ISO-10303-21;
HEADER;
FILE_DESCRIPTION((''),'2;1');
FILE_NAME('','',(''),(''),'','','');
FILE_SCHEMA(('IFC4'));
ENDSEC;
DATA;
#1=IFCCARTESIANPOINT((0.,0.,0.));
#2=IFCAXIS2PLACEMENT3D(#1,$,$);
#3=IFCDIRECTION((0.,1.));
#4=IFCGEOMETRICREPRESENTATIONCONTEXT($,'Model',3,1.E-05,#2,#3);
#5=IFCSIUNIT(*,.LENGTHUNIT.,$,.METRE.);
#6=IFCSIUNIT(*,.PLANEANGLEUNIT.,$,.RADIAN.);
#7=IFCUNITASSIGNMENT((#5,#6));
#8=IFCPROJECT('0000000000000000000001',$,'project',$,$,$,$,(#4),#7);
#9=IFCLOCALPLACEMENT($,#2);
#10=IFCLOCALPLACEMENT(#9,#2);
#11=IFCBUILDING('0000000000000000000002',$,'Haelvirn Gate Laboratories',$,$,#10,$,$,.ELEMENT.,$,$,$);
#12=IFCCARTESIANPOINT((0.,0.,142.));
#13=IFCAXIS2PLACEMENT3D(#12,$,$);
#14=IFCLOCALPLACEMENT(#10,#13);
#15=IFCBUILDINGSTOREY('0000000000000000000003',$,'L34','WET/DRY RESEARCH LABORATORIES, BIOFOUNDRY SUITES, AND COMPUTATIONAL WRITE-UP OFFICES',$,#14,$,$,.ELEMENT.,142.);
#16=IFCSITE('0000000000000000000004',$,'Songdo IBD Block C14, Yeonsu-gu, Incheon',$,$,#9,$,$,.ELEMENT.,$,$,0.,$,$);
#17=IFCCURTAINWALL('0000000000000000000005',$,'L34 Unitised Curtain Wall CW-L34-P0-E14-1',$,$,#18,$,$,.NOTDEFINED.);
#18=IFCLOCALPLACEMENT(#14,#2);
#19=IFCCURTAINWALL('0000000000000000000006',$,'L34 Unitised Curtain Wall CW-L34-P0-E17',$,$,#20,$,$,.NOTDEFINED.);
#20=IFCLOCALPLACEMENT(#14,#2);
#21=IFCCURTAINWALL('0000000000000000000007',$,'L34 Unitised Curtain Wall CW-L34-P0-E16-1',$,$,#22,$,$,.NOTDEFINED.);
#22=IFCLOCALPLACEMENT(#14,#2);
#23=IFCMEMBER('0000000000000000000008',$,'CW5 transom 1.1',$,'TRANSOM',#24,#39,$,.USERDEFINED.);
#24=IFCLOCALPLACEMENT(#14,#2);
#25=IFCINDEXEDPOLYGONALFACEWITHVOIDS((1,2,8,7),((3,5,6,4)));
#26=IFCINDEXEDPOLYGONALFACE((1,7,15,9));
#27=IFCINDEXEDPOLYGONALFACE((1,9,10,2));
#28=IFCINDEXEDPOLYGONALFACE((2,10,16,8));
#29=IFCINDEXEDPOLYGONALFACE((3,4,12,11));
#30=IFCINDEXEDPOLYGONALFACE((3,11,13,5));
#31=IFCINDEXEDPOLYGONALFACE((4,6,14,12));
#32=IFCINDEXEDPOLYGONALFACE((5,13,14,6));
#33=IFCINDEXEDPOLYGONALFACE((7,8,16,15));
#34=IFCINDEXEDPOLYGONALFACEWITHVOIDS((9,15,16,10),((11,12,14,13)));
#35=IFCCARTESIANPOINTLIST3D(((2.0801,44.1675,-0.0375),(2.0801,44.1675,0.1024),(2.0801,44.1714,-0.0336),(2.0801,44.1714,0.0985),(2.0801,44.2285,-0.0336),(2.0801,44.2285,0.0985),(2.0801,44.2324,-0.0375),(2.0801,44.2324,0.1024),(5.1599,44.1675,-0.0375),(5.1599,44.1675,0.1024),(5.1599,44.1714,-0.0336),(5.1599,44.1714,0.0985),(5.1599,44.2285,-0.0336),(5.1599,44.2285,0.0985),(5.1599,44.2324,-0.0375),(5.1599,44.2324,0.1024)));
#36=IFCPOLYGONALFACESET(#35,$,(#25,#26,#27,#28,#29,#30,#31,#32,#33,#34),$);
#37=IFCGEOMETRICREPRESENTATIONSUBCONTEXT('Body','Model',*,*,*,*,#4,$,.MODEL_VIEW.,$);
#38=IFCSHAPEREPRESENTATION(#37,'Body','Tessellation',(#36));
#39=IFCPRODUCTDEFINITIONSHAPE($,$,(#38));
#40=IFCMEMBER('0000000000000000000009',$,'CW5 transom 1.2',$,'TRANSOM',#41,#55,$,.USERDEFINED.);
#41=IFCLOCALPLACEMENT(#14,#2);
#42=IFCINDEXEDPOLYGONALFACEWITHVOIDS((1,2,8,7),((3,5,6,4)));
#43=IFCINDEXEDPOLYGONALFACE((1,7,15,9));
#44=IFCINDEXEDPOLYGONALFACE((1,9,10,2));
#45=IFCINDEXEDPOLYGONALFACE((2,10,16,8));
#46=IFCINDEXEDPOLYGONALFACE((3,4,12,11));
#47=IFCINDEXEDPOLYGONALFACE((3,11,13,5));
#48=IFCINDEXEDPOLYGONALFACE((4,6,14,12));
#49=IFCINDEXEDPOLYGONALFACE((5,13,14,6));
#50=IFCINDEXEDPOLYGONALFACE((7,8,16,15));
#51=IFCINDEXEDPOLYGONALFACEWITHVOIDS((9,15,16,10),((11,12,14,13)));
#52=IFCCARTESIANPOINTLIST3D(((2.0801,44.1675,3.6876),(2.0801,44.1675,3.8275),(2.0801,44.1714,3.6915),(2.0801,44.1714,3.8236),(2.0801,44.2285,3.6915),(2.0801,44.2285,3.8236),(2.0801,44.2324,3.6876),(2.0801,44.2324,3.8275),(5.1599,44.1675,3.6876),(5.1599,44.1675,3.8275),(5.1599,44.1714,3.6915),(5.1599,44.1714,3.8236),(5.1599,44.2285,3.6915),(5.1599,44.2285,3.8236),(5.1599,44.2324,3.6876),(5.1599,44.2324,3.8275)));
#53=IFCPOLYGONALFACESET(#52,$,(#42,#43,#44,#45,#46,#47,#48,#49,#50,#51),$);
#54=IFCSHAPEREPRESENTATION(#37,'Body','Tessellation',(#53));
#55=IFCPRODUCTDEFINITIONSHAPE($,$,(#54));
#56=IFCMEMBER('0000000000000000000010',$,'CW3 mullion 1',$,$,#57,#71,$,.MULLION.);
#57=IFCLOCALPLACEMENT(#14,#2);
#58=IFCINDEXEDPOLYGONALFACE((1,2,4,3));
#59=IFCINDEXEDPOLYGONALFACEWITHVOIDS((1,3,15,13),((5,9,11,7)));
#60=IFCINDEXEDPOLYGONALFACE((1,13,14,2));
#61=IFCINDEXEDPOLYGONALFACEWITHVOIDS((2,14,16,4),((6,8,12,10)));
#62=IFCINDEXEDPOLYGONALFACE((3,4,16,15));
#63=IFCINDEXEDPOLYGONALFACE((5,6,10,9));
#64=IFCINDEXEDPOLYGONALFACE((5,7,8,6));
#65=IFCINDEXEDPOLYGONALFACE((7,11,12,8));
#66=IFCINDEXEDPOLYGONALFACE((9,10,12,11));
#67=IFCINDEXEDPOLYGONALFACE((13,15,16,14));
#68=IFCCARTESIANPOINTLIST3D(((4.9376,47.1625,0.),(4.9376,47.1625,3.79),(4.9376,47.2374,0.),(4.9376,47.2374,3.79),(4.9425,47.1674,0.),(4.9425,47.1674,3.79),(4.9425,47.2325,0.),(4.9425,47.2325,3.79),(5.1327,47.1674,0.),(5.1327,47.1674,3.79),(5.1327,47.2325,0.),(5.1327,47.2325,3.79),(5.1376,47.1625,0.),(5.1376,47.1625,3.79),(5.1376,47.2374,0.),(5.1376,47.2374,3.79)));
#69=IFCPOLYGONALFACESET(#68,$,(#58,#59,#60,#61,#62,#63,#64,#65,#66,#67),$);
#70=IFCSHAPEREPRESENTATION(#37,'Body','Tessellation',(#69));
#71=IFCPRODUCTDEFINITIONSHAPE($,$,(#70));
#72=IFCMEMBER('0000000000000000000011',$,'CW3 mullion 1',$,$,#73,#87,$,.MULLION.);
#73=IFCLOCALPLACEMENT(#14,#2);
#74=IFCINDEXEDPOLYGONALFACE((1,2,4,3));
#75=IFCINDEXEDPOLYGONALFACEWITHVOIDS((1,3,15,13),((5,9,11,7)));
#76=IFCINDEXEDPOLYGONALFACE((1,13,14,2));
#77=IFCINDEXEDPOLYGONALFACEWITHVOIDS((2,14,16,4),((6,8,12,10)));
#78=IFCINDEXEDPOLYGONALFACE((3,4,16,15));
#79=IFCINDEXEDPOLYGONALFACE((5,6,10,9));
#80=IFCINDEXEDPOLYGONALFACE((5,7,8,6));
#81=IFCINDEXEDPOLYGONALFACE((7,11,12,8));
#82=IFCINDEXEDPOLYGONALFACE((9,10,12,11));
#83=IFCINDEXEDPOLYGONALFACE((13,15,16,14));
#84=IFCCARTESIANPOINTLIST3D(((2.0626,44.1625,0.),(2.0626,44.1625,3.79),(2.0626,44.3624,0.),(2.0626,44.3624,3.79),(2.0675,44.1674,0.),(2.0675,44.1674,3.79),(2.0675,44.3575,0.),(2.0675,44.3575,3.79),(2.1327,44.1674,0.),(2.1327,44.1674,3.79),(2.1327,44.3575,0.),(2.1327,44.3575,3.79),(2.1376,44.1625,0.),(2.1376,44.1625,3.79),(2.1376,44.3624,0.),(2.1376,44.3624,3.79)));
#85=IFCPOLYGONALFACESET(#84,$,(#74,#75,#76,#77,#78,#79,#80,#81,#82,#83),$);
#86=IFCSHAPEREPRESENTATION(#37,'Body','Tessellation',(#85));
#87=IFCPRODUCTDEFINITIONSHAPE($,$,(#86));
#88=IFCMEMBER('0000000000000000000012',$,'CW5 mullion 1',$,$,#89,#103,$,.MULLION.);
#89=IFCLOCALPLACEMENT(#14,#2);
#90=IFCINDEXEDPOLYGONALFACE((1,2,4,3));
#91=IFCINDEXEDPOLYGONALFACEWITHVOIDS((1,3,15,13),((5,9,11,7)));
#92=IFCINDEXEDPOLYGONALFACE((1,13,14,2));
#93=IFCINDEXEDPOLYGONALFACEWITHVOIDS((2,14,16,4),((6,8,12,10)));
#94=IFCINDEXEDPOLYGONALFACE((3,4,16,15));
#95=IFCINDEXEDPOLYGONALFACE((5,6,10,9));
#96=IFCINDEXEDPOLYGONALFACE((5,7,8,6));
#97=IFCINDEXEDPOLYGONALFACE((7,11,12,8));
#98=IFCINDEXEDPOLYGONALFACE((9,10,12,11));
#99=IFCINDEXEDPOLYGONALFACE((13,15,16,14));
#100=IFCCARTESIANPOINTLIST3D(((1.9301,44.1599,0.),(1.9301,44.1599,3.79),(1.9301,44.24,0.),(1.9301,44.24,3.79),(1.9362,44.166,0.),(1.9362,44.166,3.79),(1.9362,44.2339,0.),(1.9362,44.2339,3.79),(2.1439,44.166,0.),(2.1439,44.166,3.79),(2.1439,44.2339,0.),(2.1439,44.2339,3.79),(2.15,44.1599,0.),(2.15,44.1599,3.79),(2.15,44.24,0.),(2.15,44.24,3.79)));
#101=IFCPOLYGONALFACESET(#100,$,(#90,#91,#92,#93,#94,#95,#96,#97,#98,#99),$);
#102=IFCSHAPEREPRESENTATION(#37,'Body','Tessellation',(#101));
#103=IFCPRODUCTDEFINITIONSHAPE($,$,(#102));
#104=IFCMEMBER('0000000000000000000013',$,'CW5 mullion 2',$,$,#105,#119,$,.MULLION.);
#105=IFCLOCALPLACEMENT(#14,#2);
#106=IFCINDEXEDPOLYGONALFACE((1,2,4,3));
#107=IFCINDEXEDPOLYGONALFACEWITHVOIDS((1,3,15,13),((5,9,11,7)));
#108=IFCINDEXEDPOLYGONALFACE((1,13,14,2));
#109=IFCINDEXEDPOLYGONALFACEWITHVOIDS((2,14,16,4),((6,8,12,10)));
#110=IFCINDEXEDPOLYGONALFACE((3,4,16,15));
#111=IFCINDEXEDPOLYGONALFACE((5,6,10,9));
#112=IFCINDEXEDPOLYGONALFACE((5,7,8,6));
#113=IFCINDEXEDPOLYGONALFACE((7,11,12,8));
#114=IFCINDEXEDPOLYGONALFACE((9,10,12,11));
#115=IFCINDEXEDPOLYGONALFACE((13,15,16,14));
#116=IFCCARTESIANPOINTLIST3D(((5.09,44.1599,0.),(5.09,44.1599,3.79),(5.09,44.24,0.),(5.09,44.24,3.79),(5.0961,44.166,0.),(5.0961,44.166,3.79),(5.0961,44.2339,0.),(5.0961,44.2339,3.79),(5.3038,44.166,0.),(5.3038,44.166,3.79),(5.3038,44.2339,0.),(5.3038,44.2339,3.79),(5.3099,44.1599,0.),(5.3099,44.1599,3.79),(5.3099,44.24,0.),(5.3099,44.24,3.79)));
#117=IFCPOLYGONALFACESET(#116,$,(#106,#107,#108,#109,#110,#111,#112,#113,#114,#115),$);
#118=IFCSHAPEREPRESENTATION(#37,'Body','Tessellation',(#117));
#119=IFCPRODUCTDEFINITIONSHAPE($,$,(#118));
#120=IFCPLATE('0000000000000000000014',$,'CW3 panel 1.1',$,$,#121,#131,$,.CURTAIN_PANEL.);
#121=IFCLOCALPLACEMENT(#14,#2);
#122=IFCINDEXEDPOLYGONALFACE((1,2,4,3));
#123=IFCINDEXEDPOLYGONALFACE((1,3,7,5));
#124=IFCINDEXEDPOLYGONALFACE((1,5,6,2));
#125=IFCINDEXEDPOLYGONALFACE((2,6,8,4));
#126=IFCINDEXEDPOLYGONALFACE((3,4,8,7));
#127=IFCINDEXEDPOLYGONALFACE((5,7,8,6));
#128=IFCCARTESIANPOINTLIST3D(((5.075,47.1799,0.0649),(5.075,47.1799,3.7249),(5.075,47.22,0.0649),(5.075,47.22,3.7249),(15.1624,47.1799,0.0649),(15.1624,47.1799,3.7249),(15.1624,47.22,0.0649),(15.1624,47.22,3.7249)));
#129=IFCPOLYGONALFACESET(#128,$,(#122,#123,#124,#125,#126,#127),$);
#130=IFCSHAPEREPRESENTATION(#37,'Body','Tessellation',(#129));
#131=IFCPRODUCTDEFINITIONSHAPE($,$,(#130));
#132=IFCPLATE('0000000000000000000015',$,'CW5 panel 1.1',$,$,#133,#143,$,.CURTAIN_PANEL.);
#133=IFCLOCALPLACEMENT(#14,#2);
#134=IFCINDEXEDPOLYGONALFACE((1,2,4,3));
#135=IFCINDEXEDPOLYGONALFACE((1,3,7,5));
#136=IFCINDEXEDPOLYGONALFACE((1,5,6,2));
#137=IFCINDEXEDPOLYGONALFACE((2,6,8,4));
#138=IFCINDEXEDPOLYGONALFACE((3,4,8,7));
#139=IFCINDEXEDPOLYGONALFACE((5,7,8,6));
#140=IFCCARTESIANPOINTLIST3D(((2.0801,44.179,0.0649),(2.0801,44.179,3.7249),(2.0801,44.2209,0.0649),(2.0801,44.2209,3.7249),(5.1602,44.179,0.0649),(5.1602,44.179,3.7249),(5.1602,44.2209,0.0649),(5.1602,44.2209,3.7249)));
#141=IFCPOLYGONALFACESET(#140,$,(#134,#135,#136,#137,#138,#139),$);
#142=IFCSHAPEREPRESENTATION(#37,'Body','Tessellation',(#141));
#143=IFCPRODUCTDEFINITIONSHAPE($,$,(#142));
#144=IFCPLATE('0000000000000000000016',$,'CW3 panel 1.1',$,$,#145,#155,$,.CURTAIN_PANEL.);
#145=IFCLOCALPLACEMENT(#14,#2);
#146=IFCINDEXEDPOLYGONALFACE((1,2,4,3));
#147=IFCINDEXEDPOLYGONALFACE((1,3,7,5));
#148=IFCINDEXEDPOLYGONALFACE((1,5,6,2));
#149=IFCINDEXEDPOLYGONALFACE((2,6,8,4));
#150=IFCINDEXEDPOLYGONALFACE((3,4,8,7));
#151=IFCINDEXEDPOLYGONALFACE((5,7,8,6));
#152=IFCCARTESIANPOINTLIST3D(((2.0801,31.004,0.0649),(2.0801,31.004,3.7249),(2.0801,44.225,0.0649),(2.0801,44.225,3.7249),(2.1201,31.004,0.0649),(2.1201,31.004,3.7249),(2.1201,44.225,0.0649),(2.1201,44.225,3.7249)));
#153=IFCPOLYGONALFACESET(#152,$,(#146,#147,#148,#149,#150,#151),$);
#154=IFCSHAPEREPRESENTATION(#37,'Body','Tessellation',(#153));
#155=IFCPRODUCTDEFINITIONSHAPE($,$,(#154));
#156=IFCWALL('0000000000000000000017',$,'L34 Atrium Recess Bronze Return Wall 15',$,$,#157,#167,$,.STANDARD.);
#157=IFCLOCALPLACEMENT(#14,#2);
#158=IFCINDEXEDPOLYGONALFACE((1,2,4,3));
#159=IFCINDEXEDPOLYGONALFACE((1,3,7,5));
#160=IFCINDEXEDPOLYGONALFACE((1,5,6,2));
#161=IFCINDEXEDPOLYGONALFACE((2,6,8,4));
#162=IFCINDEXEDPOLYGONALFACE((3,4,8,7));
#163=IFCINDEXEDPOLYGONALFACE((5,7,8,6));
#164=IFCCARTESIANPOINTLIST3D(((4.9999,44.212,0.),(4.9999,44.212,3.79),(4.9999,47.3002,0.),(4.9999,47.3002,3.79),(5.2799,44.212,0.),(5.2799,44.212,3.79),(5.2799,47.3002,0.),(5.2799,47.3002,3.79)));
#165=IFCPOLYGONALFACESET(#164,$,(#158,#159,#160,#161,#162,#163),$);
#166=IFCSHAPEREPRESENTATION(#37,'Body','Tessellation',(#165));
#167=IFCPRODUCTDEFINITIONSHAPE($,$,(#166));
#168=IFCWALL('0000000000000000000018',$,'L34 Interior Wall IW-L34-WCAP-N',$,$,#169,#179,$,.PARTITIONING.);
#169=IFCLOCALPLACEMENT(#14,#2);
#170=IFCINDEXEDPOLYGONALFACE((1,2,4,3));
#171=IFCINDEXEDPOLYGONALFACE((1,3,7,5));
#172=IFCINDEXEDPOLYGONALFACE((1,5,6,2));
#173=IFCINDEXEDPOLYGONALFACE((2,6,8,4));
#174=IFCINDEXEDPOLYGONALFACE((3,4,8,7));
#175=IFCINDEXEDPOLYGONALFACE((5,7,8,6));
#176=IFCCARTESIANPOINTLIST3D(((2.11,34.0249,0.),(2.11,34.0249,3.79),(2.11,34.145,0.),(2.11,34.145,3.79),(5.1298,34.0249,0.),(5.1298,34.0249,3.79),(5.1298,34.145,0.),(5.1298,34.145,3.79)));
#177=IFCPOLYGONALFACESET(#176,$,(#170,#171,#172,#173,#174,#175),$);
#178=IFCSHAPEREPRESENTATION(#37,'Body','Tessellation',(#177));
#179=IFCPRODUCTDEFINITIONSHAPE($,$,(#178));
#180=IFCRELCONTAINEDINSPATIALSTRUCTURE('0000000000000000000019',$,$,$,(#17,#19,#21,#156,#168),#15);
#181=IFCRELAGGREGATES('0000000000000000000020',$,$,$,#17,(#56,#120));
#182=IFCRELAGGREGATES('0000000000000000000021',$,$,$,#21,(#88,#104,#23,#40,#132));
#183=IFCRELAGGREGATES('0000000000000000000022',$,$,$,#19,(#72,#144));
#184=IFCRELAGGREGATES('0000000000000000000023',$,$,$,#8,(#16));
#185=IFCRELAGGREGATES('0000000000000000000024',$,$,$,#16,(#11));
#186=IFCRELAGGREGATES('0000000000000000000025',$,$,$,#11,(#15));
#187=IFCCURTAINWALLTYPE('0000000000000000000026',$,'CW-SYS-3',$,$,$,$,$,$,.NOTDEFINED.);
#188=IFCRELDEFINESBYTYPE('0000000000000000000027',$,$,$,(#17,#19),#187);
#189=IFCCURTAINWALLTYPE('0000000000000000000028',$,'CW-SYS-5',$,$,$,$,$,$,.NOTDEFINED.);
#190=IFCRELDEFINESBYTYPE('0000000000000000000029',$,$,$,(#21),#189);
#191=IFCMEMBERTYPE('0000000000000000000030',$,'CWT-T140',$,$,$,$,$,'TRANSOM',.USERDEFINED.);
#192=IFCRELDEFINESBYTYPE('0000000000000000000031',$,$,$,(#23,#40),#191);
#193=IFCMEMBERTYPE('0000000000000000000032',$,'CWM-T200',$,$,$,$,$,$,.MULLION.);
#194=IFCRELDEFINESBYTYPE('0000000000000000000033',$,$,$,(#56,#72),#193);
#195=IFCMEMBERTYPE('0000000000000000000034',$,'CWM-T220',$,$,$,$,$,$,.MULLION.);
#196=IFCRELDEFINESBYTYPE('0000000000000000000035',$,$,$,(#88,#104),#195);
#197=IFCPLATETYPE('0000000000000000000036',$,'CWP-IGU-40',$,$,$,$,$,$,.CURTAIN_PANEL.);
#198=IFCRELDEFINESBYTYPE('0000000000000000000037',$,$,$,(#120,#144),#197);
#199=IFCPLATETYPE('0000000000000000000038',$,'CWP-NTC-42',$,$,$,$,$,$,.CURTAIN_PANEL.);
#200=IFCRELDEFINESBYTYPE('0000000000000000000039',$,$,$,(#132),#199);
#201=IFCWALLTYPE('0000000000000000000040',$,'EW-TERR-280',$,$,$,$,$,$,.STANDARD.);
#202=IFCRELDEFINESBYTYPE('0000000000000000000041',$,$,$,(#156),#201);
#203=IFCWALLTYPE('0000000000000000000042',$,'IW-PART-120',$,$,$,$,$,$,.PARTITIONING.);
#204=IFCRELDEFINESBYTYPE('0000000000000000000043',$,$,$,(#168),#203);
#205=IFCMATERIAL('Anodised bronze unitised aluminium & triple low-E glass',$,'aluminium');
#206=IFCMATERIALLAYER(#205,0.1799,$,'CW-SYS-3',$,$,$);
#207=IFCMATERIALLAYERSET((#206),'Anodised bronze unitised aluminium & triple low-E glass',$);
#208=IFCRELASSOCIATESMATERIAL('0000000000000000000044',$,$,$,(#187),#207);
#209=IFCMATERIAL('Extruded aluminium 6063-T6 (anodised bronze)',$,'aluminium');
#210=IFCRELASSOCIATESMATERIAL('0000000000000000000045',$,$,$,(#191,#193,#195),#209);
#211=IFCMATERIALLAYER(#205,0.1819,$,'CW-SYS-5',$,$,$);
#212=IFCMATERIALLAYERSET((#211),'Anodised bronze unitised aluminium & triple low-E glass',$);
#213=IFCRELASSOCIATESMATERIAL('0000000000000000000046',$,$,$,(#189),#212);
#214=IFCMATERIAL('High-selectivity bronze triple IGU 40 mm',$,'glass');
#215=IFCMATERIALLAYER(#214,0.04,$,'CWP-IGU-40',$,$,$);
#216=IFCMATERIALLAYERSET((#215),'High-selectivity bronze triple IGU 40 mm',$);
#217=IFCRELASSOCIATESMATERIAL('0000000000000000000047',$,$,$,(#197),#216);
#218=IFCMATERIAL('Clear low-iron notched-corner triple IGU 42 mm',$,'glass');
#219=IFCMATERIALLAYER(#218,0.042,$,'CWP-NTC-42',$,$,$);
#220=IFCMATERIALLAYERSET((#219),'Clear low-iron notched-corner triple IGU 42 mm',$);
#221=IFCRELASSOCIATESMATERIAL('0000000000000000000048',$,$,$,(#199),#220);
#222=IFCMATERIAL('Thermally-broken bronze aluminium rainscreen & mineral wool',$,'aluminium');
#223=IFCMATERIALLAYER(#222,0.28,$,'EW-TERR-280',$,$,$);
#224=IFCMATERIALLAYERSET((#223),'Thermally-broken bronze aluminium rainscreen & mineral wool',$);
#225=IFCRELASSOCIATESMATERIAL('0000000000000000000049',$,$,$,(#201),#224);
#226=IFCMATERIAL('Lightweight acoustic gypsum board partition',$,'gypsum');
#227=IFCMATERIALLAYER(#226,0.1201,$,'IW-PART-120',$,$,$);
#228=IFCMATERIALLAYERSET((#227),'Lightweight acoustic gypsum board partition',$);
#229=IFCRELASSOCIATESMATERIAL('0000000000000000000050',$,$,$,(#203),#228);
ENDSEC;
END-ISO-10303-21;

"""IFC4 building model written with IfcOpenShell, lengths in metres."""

from ifc_helpers import new_model, si_unit, direction, frame, frame_2d, origin, origin_2d, place, context, subcontext, project, spatial, rectangle, hollow_rectangle, extrude, source, transform, mapped, material, layer, layer_set, material_profile, profile_set, type_object, type_shapes, element, aggregate, save


model = new_model("IFC4")

# Units and contexts
model_context = context("Model", 3, precision=1e-05, world=origin(), true_north=direction((0.0, 1.0)))
body_context = subcontext(model_context, "Body", "Model", "MODEL_VIEW")
ifc_project = project(units=[si_unit("LENGTHUNIT", "METRE"), si_unit("PLANEANGLEUNIT", "RADIAN")], contexts=[model_context])

# Site, building, storey
site_placement = place(None, origin())
site = spatial("IfcSite", under=ifc_project, at=site_placement, Name="Songdo IBD Block C14, Yeonsu-gu, Incheon", CompositionType="ELEMENT", RefElevation=0.0)
building_placement = place(site_placement, origin())
building = spatial("IfcBuilding", under=site, at=building_placement, Name="Haelvirn Gate Laboratories", CompositionType="ELEMENT")
storey_placement = place(building_placement, frame((0.0, 0.0, 142.0)))
storey = spatial("IfcBuildingStorey", under=building, at=storey_placement, Name="L34", Description="WET/DRY RESEARCH LABORATORIES, BIOFOUNDRY SUITES, AND COMPUTATIONAL WRITE-UP OFFICES", CompositionType="ELEMENT", Elevation=142.0)

# Curtain walls, members
ifc_material_1 = material(Name="Anodised bronze unitised aluminium & triple low-E glass", Category="aluminium")
ifc_layer_1 = layer(ifc_material_1, 0.1799, Name="CW-SYS-3")
ifc_layer_set_1 = layer_set([ifc_layer_1], Name="Anodised bronze unitised aluminium & triple low-E glass")
curtain_wall_type_1 = type_object("IfcCurtainWallType", Name="CW-SYS-3", PredefinedType="NOTDEFINED", material=ifc_layer_set_1)
curtain_wall_1_placement = place(storey_placement, origin())
curtain_wall_1 = element("IfcCurtainWall", 1, at=curtain_wall_1_placement, inside=storey, type_object=curtain_wall_type_1, Name="L34 Unitised Curtain Wall CW-L34-P0-E14-1", PredefinedType="NOTDEFINED")
ifc_material_2 = material(Name="Extruded aluminium 6063-T6 (anodised bronze)", Category="aluminium")
ifc_material_profile_1 = material_profile(ifc_material_2, hollow_rectangle(XDim=0.0649, YDim=0.1399, WallThickness=0.0039, at=origin_2d()), Name="CWT-140x65x4")
ifc_profile_set_1 = profile_set([ifc_material_profile_1], Name="Extruded aluminium 6063-T6 (anodised bronze)")
member_type_1 = type_object("IfcMemberType", Name="CWT-T140", ElementType="TRANSOM", PredefinedType="USERDEFINED", material=ifc_profile_set_1)
curtain_wall_2_placement = place(storey_placement, origin())
curtain_wall_2 = element("IfcCurtainWall", 2, at=curtain_wall_2_placement, inside=storey, type_object=curtain_wall_type_1, Name="L34 Unitised Curtain Wall CW-L34-P0-E17", PredefinedType="NOTDEFINED")
ifc_layer_2 = layer(ifc_material_1, 0.1819, Name="CW-SYS-5")
ifc_layer_set_2 = layer_set([ifc_layer_2], Name="Anodised bronze unitised aluminium & triple low-E glass")
curtain_wall_type_2 = type_object("IfcCurtainWallType", Name="CW-SYS-5", PredefinedType="NOTDEFINED", material=ifc_layer_set_2)
curtain_wall_3_placement = place(storey_placement, origin())
curtain_wall_3 = element("IfcCurtainWall", 3, at=curtain_wall_3_placement, inside=storey, type_object=curtain_wall_type_2, Name="L34 Unitised Curtain Wall CW-L34-P0-E16-1", PredefinedType="NOTDEFINED")
shared_shape_1 = source(origin(), body_context, "Body", "SweptSolid", [
    extrude(hollow_rectangle(XDim=0.0649, YDim=0.1399, WallThickness=0.0039, at=origin_2d()), origin(), (0.0, 0.0, 1.0), 3.0798),
])
member_1_placement = place(storey_placement, frame((2.0801, 44.2, 0.0325), z_axis=(1.0, 0.0, 0.0), x_axis=(0.0, 1.0, 0.0)))
member_1 = element("IfcMember", 4, at=member_1_placement, type_object=member_type_1, Name="CW5 transom 1.1", ObjectType="TRANSOM", PredefinedType="USERDEFINED", context=body_context, shape_type="MappedRepresentation", body=[
    mapped(shared_shape_1, transform((0.0, 0.0, 0.0), scale=1.0)),
])
member_2_placement = place(storey_placement, frame((2.0801, 44.2, 3.7576), z_axis=(1.0, 0.0, 0.0), x_axis=(0.0, 1.0, 0.0)))
member_2 = element("IfcMember", 5, at=member_2_placement, type_object=member_type_1, Name="CW5 transom 1.2", ObjectType="TRANSOM", PredefinedType="USERDEFINED", context=body_context, shape_type="MappedRepresentation", body=[
    mapped(shared_shape_1, transform((0.0, 0.0, 0.0), scale=1.0)),
])

# Members
ifc_material_profile_2 = material_profile(ifc_material_2, hollow_rectangle(XDim=0.075, YDim=0.2, WallThickness=0.0049, at=origin_2d()), Name="CWM-200x75x5")
ifc_profile_set_2 = profile_set([ifc_material_profile_2], Name="Extruded aluminium 6063-T6 (anodised bronze)")
member_type_2 = type_object("IfcMemberType", Name="CWM-T200", PredefinedType="MULLION", material=ifc_profile_set_2)
shared_shape_2 = source(origin(), body_context, "Body", "SweptSolid", [
    extrude(hollow_rectangle(XDim=0.075, YDim=0.2, WallThickness=0.0049, at=origin_2d()), origin(), (0.0, 0.0, 1.0), 3.79),
])
type_shapes(member_type_2, [shared_shape_2])
member_3_placement = place(storey_placement, frame((5.0376, 47.2, 0.0), z_axis=(0.0, 0.0, 1.0), x_axis=(0.0, 1.0, 0.0)))
member_3 = element("IfcMember", 6, at=member_3_placement, type_object=member_type_2, Name="CW3 mullion 1", PredefinedType="MULLION", context=body_context, shape_type="MappedRepresentation", body=[
    mapped(shared_shape_2, transform((0.0, 0.0, 0.0), scale=1.0)),
])
member_4_placement = place(storey_placement, frame((2.1001, 44.2625, 0.0), z_axis=(0.0, 0.0, 1.0), x_axis=(1.0, 0.0, 0.0)))
member_4 = element("IfcMember", 7, at=member_4_placement, type_object=member_type_2, Name="CW3 mullion 1", PredefinedType="MULLION", context=body_context, shape_type="MappedRepresentation", body=[
    mapped(shared_shape_2, transform((0.0, 0.0, 0.0), scale=1.0)),
])
ifc_material_profile_3 = material_profile(ifc_material_2, hollow_rectangle(XDim=0.0801, YDim=0.22, WallThickness=0.0061, at=origin_2d()), Name="CWM-220x80x6")
ifc_profile_set_3 = profile_set([ifc_material_profile_3], Name="Extruded aluminium 6063-T6 (anodised bronze)")
member_type_3 = type_object("IfcMemberType", Name="CWM-T220", PredefinedType="MULLION", material=ifc_profile_set_3)
shared_shape_3 = source(origin(), body_context, "Body", "SweptSolid", [
    extrude(hollow_rectangle(XDim=0.0801, YDim=0.22, WallThickness=0.0061, at=origin_2d()), origin(), (0.0, 0.0, 1.0), 3.79),
])
type_shapes(member_type_3, [shared_shape_3])
member_5_placement = place(storey_placement, frame((2.04, 44.2, 0.0), z_axis=(0.0, 0.0, 1.0), x_axis=(0.0, 1.0, 0.0)))
member_5 = element("IfcMember", 8, at=member_5_placement, type_object=member_type_3, Name="CW5 mullion 1", PredefinedType="MULLION", context=body_context, shape_type="MappedRepresentation", body=[
    mapped(shared_shape_3, transform((0.0, 0.0, 0.0), scale=1.0)),
])
member_6_placement = place(storey_placement, frame((5.2, 44.2, 0.0), z_axis=(0.0, 0.0, 1.0), x_axis=(0.0, 1.0, 0.0)))
member_6 = element("IfcMember", 9, at=member_6_placement, type_object=member_type_3, Name="CW5 mullion 2", PredefinedType="MULLION", context=body_context, shape_type="MappedRepresentation", body=[
    mapped(shared_shape_3, transform((0.0, 0.0, 0.0), scale=1.0)),
])

# Plates
ifc_material_3 = material(Name="High-selectivity bronze triple IGU 40 mm", Category="glass")
ifc_layer_3 = layer(ifc_material_3, 0.04, Name="CWP-IGU-40")
ifc_layer_set_3 = layer_set([ifc_layer_3], Name="High-selectivity bronze triple IGU 40 mm")
plate_type_1 = type_object("IfcPlateType", Name="CWP-IGU-40", PredefinedType="CURTAIN_PANEL", material=ifc_layer_set_3)
shared_shape_4 = source(origin(), body_context, "Body", "SweptSolid", [
    extrude(rectangle(XDim=10.0874, YDim=0.04, at=origin_2d()), origin(), (0.0, 0.0, 1.0), 3.6599),
])
plate_1_placement = place(storey_placement, frame((10.1187, 47.2, 0.0649), z_axis=(0.0, 0.0, 1.0), x_axis=(1.0, 0.0, 0.0)))
plate_1 = element("IfcPlate", 10, at=plate_1_placement, type_object=plate_type_1, Name="CW3 panel 1.1", PredefinedType="CURTAIN_PANEL", context=body_context, shape_type="MappedRepresentation", body=[
    mapped(shared_shape_4, transform((0.0, 0.0, 0.0), scale=1.0)),
])
aggregate(curtain_wall_1, [member_3, plate_1])
ifc_material_4 = material(Name="Clear low-iron notched-corner triple IGU 42 mm", Category="glass")
ifc_layer_4 = layer(ifc_material_4, 0.042, Name="CWP-NTC-42")
ifc_layer_set_4 = layer_set([ifc_layer_4], Name="Clear low-iron notched-corner triple IGU 42 mm")
plate_type_2 = type_object("IfcPlateType", Name="CWP-NTC-42", PredefinedType="CURTAIN_PANEL", material=ifc_layer_set_4)
shared_shape_5 = source(origin(), body_context, "Body", "SweptSolid", [
    extrude(rectangle(XDim=3.0801, YDim=0.042, at=origin_2d()), origin(), (0.0, 0.0, 1.0), 3.6599),
])
type_shapes(plate_type_2, [shared_shape_5])
plate_2_placement = place(storey_placement, frame((3.6201, 44.2, 0.0649), z_axis=(0.0, 0.0, 1.0), x_axis=(1.0, 0.0, 0.0)))
plate_2 = element("IfcPlate", 11, at=plate_2_placement, type_object=plate_type_2, Name="CW5 panel 1.1", PredefinedType="CURTAIN_PANEL", context=body_context, shape_type="MappedRepresentation", body=[
    mapped(shared_shape_5, transform((0.0, 0.0, 0.0), scale=1.0)),
])
aggregate(curtain_wall_3, [member_5, member_6, member_1, member_2, plate_2])
shared_shape_6 = source(origin(), body_context, "Body", "SweptSolid", [
    extrude(rectangle(XDim=13.2209, YDim=0.04, at=origin_2d()), origin(), (0.0, 0.0, 1.0), 3.6599),
])
type_shapes(plate_type_1, [shared_shape_4, shared_shape_6])
plate_3_placement = place(storey_placement, frame((2.1001, 37.6145, 0.0649), z_axis=(0.0, 0.0, 1.0), x_axis=(0.0, -1.0, 0.0)))
plate_3 = element("IfcPlate", 12, at=plate_3_placement, type_object=plate_type_1, Name="CW3 panel 1.1", PredefinedType="CURTAIN_PANEL", context=body_context, shape_type="MappedRepresentation", body=[
    mapped(shared_shape_6, transform((0.0, 0.0, 0.0), scale=1.0)),
])
aggregate(curtain_wall_2, [member_4, plate_3])

# Walls
ifc_material_5 = material(Name="Thermally-broken bronze aluminium rainscreen & mineral wool", Category="aluminium")
ifc_layer_5 = layer(ifc_material_5, 0.28, Name="EW-TERR-280")
ifc_layer_set_5 = layer_set([ifc_layer_5], Name="Thermally-broken bronze aluminium rainscreen & mineral wool")
wall_type_1 = type_object("IfcWallType", Name="EW-TERR-280", PredefinedType="STANDARD", material=ifc_layer_set_5)
wall_1_placement = place(storey_placement, frame((5.1399, 47.3, 0.0), z_axis=(0.0, 0.0, 1.0), x_axis=(0.0, -1.0, 0.0)))
element("IfcWall", 13, at=wall_1_placement, inside=storey, type_object=wall_type_1, Name="L34 Atrium Recess Bronze Return Wall 15", PredefinedType="STANDARD", context=body_context, shape_type="SweptSolid", body=[
    extrude(rectangle(XDim=3.0881, YDim=0.28, at=frame_2d((1.5439, 0.0))), origin(), (0.0, 0.0, 1.0), 3.79),
])
ifc_material_6 = material(Name="Lightweight acoustic gypsum board partition", Category="gypsum")
ifc_layer_6 = layer(ifc_material_6, 0.1201, Name="IW-PART-120")
ifc_layer_set_6 = layer_set([ifc_layer_6], Name="Lightweight acoustic gypsum board partition")
wall_type_2 = type_object("IfcWallType", Name="IW-PART-120", PredefinedType="PARTITIONING", material=ifc_layer_set_6)
wall_2_placement = place(storey_placement, frame((2.1101, 34.085, 0.0), z_axis=(0.0, 0.0, 1.0), x_axis=(1.0, 0.0, 0.0)))
element("IfcWall", 14, at=wall_2_placement, inside=storey, type_object=wall_type_2, Name="L34 Interior Wall IW-L34-WCAP-N", PredefinedType="PARTITIONING", context=body_context, shape_type="SweptSolid", body=[
    extrude(rectangle(XDim=3.0198, YDim=0.1201, at=frame_2d((1.5098, 0.0))), origin(), (0.0, 0.0, 1.0), 3.79),
])

save(model, "model.ifc")
